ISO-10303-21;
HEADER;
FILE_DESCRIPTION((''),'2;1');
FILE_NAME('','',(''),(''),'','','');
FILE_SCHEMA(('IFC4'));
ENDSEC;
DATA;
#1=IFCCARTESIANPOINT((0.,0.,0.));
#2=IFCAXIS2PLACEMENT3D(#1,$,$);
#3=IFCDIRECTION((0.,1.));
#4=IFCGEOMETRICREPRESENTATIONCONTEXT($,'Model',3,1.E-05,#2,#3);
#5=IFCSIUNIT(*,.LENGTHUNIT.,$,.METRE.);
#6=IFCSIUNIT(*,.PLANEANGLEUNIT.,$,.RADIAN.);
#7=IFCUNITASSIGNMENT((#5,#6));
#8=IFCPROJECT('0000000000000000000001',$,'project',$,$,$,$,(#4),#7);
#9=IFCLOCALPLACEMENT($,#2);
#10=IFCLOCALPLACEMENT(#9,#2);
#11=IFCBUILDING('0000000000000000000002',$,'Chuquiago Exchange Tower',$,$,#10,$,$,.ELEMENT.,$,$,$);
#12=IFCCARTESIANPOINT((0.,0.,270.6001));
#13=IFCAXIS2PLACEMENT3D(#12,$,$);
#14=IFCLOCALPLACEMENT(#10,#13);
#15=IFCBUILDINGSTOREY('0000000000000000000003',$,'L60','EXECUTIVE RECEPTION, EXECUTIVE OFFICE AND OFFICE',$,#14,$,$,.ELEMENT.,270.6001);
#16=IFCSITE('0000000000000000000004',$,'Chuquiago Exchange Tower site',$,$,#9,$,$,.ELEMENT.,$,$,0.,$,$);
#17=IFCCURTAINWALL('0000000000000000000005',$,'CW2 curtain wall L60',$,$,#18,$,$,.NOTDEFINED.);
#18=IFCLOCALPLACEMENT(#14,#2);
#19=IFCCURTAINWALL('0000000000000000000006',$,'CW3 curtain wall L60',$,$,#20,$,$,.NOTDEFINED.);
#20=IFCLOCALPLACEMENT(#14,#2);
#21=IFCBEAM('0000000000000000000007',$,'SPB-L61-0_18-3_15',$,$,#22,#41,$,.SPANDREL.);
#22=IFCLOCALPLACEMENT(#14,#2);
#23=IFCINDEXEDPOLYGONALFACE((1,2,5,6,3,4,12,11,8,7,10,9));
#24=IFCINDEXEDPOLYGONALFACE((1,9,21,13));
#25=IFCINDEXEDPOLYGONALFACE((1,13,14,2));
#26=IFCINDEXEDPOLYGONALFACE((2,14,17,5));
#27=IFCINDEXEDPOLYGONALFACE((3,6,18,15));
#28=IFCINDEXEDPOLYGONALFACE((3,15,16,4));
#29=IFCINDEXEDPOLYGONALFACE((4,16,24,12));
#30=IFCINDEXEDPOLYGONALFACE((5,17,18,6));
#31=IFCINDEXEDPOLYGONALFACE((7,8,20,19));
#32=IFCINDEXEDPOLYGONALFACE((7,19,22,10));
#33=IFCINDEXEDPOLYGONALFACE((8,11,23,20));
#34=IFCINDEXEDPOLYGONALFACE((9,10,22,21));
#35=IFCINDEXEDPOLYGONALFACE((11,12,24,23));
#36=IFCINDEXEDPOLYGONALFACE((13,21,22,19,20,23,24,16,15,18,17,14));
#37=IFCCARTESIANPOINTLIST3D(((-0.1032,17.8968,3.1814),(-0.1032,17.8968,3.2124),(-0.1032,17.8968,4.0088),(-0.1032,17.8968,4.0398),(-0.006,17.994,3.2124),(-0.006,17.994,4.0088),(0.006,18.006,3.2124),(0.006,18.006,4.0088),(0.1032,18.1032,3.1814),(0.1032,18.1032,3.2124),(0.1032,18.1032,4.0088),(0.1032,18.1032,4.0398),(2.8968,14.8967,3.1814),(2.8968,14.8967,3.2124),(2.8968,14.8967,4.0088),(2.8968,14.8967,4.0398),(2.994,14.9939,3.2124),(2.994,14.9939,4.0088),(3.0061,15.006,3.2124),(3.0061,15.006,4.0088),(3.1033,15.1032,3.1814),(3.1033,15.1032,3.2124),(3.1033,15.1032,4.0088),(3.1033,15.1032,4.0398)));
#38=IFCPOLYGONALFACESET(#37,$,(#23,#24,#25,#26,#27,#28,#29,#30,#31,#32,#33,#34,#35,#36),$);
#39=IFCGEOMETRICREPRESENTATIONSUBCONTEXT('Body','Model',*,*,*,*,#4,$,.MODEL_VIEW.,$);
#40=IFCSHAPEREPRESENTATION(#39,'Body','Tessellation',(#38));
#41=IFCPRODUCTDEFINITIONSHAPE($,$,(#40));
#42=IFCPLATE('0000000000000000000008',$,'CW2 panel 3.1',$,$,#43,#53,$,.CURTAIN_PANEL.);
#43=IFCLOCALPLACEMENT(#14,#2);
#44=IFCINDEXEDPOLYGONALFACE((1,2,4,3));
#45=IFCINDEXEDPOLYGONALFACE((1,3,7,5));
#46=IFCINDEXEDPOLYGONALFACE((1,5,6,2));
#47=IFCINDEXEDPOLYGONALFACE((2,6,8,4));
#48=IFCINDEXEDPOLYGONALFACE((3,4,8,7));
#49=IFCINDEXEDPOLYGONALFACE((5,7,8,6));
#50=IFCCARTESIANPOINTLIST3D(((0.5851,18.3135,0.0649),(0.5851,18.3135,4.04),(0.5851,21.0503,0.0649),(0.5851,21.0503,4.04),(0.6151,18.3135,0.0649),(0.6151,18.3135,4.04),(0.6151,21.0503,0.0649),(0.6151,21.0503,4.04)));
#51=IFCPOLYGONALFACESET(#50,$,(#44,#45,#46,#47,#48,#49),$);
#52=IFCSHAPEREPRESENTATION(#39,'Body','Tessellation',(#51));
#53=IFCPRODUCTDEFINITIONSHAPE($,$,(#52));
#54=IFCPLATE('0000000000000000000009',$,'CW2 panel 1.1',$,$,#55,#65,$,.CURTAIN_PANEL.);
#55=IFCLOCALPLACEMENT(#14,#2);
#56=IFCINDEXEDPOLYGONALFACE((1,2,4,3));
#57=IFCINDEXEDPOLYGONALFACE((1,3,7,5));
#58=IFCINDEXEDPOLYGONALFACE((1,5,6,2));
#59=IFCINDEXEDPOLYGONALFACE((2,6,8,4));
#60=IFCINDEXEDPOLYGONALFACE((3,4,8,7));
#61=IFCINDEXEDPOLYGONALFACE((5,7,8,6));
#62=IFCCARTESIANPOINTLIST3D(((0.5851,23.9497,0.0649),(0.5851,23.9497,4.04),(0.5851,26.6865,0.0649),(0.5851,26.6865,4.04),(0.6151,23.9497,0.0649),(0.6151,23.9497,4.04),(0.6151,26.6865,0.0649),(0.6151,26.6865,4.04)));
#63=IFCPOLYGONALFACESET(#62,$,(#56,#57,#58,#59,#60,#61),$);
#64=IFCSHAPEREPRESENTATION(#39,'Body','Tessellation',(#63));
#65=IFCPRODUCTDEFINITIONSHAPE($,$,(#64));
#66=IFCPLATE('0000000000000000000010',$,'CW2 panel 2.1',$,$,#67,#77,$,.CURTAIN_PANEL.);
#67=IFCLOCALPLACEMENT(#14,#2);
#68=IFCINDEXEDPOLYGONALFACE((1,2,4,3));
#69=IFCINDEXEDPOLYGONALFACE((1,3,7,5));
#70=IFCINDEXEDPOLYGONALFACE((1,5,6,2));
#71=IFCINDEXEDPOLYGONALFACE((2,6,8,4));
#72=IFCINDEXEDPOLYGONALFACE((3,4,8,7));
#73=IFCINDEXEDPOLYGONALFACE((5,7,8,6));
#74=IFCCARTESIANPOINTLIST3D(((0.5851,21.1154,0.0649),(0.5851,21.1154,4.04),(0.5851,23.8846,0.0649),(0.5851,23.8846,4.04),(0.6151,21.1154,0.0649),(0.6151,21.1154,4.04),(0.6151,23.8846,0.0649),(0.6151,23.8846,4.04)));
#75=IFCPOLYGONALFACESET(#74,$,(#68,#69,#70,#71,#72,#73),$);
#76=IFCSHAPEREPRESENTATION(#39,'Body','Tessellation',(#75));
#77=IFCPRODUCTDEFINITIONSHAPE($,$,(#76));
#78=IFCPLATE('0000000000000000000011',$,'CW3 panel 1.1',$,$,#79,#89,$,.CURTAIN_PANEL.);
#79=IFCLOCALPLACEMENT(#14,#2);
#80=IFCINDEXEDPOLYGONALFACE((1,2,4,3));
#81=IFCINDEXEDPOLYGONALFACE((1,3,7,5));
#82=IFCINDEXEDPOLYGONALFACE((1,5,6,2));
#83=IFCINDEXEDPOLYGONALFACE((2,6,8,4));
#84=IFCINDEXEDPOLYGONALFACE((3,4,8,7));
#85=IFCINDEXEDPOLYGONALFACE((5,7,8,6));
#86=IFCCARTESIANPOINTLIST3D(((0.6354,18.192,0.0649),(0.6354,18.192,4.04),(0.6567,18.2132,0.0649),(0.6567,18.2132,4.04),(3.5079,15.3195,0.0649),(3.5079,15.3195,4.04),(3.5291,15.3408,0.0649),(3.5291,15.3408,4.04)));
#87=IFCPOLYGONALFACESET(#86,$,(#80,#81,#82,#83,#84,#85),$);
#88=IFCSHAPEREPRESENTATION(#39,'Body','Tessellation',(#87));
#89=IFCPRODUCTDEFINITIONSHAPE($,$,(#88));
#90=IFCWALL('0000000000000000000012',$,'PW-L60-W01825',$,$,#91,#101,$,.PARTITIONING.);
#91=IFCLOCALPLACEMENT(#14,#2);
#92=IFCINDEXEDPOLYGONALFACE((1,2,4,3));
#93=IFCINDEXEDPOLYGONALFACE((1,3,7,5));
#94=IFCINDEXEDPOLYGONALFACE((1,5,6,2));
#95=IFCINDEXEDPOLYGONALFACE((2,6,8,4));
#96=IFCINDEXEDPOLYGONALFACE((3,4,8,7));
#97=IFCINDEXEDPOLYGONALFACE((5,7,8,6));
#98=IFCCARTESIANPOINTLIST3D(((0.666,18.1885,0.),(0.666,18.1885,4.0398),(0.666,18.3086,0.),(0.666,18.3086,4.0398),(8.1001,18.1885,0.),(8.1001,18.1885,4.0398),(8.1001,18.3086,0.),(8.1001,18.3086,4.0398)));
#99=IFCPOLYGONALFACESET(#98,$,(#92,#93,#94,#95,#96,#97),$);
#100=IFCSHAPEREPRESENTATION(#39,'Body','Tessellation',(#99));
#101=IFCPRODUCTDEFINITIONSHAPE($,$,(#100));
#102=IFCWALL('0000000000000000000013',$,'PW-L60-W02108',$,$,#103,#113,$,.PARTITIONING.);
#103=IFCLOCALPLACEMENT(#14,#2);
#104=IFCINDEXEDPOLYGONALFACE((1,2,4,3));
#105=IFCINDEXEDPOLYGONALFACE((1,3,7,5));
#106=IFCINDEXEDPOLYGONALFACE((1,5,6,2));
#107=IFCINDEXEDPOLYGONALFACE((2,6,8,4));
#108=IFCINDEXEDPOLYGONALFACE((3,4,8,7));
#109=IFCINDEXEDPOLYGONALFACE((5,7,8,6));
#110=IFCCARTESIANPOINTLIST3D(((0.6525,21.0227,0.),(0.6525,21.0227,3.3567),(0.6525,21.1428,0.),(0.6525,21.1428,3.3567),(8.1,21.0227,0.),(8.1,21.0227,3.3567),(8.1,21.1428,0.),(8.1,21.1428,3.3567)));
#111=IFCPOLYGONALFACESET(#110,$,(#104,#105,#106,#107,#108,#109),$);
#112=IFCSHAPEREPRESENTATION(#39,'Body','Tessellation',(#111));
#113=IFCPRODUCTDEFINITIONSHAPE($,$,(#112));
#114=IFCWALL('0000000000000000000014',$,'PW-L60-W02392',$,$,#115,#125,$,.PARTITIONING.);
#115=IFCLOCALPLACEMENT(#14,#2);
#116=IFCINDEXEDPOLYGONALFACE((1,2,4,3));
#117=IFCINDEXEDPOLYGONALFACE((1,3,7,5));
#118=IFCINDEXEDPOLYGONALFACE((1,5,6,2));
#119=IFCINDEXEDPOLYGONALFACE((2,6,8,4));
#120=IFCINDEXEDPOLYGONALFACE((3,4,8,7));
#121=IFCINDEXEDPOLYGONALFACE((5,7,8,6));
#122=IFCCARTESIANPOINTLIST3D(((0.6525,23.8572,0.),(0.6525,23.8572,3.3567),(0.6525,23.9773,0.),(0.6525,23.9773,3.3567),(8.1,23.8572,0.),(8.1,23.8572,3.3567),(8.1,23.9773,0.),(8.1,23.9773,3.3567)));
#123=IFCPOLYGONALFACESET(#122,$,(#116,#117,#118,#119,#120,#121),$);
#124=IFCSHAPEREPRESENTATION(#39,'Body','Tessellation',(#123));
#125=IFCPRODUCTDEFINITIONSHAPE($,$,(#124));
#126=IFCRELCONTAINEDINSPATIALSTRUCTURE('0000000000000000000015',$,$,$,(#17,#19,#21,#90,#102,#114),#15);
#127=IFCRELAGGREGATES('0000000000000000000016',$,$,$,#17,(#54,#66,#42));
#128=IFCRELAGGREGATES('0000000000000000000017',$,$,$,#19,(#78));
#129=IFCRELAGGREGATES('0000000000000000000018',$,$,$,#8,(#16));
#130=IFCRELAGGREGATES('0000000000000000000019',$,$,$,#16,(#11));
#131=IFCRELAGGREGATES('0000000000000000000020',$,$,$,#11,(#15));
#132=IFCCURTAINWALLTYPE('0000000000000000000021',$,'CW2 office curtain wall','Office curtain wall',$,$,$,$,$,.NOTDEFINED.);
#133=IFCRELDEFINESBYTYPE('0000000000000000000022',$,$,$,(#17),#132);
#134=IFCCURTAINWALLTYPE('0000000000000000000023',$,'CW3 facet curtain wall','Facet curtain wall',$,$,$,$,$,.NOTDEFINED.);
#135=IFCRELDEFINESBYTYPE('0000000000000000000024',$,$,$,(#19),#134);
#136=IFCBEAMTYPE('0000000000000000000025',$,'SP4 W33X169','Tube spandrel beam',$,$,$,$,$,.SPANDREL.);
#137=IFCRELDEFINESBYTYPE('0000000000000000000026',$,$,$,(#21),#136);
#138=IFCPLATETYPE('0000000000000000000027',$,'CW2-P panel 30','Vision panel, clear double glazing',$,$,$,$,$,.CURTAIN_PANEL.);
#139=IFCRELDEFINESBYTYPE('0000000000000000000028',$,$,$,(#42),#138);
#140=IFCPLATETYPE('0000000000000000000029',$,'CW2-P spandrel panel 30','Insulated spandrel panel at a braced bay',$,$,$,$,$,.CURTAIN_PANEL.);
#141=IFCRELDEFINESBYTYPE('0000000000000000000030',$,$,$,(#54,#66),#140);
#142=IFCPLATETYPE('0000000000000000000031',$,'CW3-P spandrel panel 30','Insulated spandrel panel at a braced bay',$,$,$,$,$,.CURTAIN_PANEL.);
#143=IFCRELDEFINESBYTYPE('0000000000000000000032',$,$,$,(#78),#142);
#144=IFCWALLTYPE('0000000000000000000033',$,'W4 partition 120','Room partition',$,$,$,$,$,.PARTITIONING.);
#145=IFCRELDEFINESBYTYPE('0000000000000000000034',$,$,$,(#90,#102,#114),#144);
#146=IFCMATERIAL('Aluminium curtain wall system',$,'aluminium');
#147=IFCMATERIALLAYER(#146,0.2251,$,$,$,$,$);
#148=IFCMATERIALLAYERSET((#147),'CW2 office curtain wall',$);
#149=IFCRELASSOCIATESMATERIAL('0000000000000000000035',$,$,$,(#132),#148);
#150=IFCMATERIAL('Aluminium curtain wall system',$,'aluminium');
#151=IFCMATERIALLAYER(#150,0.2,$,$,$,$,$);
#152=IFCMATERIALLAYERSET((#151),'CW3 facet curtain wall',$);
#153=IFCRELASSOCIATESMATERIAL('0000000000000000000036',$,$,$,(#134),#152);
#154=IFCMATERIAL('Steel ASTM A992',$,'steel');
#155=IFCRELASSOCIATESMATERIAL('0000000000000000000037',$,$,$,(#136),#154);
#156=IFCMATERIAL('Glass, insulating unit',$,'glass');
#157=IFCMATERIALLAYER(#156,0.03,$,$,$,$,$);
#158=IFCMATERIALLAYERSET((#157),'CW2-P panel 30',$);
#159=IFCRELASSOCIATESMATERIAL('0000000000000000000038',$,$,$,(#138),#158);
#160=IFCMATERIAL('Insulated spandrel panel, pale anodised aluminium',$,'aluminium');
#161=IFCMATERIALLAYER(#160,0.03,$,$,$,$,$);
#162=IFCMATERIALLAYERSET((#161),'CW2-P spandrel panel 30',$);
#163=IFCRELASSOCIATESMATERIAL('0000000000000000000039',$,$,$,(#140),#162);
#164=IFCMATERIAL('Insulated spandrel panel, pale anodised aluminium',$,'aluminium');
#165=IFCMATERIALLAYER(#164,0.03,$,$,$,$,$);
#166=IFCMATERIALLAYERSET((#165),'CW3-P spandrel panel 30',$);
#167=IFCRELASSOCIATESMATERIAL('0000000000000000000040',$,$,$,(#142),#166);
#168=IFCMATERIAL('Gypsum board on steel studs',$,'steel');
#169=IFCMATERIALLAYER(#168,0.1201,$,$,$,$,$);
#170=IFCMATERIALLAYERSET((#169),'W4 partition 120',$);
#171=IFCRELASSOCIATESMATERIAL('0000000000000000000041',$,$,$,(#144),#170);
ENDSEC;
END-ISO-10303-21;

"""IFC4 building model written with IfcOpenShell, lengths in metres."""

from ifc_helpers import new_model, si_unit, direction, frame, frame_2d, origin, origin_2d, place, context, subcontext, project, spatial, rectangle, i_section, extrude, material, layer, layer_set, material_profile, profile_set, type_object, element, aggregate, save


model = new_model("IFC4")

# Units and contexts
model_context = context("Model", 3, precision=1e-05, world=origin(), true_north=direction((0.0, 1.0)))
body_context = subcontext(model_context, "Body", "Model", "MODEL_VIEW")
ifc_project = project(units=[si_unit("LENGTHUNIT", "METRE"), si_unit("PLANEANGLEUNIT", "RADIAN")], contexts=[model_context])

# Site, building, storey
site_placement = place(None, origin())
site = spatial("IfcSite", under=ifc_project, at=site_placement, Name="Chuquiago Exchange Tower site", CompositionType="ELEMENT", RefElevation=0.0)
building_placement = place(site_placement, origin())
building = spatial("IfcBuilding", under=site, at=building_placement, Name="Chuquiago Exchange Tower", CompositionType="ELEMENT")
storey_placement = place(building_placement, frame((0.0, 0.0, 270.6001)))
storey = spatial("IfcBuildingStorey", under=building, at=storey_placement, Name="L60", Description="EXECUTIVE RECEPTION, EXECUTIVE OFFICE AND OFFICE", CompositionType="ELEMENT", Elevation=270.6001)

# Curtain walls
ifc_material_1 = material(Name="Aluminium curtain wall system", Category="aluminium")
ifc_layer_1 = layer(ifc_material_1, 0.2251)
ifc_layer_set_1 = layer_set([ifc_layer_1], Name="CW2 office curtain wall")
curtain_wall_type_1 = type_object("IfcCurtainWallType", Name="CW2 office curtain wall", Description="Office curtain wall", PredefinedType="NOTDEFINED", material=ifc_layer_set_1)
curtain_wall_1_placement = place(storey_placement, origin())
curtain_wall_1 = element("IfcCurtainWall", 1, at=curtain_wall_1_placement, inside=storey, type_object=curtain_wall_type_1, Name="CW2 curtain wall L60", PredefinedType="NOTDEFINED")
ifc_material_2 = material(Name="Aluminium curtain wall system", Category="aluminium")
ifc_layer_2 = layer(ifc_material_2, 0.2)
ifc_layer_set_2 = layer_set([ifc_layer_2], Name="CW3 facet curtain wall")
curtain_wall_type_2 = type_object("IfcCurtainWallType", Name="CW3 facet curtain wall", Description="Facet curtain wall", PredefinedType="NOTDEFINED", material=ifc_layer_set_2)
curtain_wall_2_placement = place(storey_placement, origin())
curtain_wall_2 = element("IfcCurtainWall", 2, at=curtain_wall_2_placement, inside=storey, type_object=curtain_wall_type_2, Name="CW3 curtain wall L60", PredefinedType="NOTDEFINED")

# Beam
ifc_material_3 = material(Name="Steel ASTM A992", Category="steel")
ifc_material_profile_1 = material_profile(ifc_material_3, i_section(OverallWidth=0.292, OverallDepth=0.8584, WebThickness=0.0171, FlangeThickness=0.031, at=origin_2d()), Name="W33X169")
ifc_profile_set_1 = profile_set([ifc_material_profile_1], Name="Steel ASTM A992")
beam_type_1 = type_object("IfcBeamType", Name="SP4 W33X169", Description="Tube spandrel beam", PredefinedType="SPANDREL", material=ifc_profile_set_1)
beam_1_placement = place(storey_placement, frame((0.0, 18.0, 3.6106), z_axis=(0.707107, -0.707107, 0.0), x_axis=(0.707107, 0.707107, 0.0)))
element("IfcBeam", 3, at=beam_1_placement, inside=storey, type_object=beam_type_1, Name="SPB-L61-0_18-3_15", PredefinedType="SPANDREL", context=body_context, shape_type="SweptSolid", body=[
    extrude(i_section(OverallWidth=0.292, OverallDepth=0.8584, WebThickness=0.0171, FlangeThickness=0.031, at=origin_2d()), origin(), (0.0, 0.0, 1.0), 4.2427),
])

# Plates
ifc_material_4 = material(Name="Glass, insulating unit", Category="glass")
ifc_layer_3 = layer(ifc_material_4, 0.03)
ifc_layer_set_3 = layer_set([ifc_layer_3], Name="CW2-P panel 30")
plate_type_1 = type_object("IfcPlateType", Name="CW2-P panel 30", Description="Vision panel, clear double glazing", PredefinedType="CURTAIN_PANEL", material=ifc_layer_set_3)
plate_1_placement = place(storey_placement, frame((0.6001, 19.6819, 0.0649), z_axis=(0.0, 0.0, 1.0), x_axis=(0.0, -1.0, 0.0)))
plate_1 = element("IfcPlate", 4, at=plate_1_placement, type_object=plate_type_1, Name="CW2 panel 3.1", PredefinedType="CURTAIN_PANEL", context=body_context, shape_type="SweptSolid", body=[
    extrude(rectangle(XDim=2.7368, YDim=0.03, at=origin_2d()), origin(), (0.0, 0.0, 1.0), 3.9751),
])
ifc_material_5 = material(Name="Insulated spandrel panel, pale anodised aluminium", Category="aluminium")
ifc_layer_4 = layer(ifc_material_5, 0.03)
ifc_layer_set_4 = layer_set([ifc_layer_4], Name="CW2-P spandrel panel 30")
plate_type_2 = type_object("IfcPlateType", Name="CW2-P spandrel panel 30", Description="Insulated spandrel panel at a braced bay", PredefinedType="CURTAIN_PANEL", material=ifc_layer_set_4)
plate_2_placement = place(storey_placement, frame((0.6001, 25.3181, 0.0649), z_axis=(0.0, 0.0, 1.0), x_axis=(0.0, -1.0, 0.0)))
plate_2 = element("IfcPlate", 5, at=plate_2_placement, type_object=plate_type_2, Name="CW2 panel 1.1", PredefinedType="CURTAIN_PANEL", context=body_context, shape_type="SweptSolid", body=[
    extrude(rectangle(XDim=2.7368, YDim=0.03, at=origin_2d()), origin(), (0.0, 0.0, 1.0), 3.9751),
])
plate_3_placement = place(storey_placement, frame((0.6001, 22.5, 0.0649), z_axis=(0.0, 0.0, 1.0), x_axis=(0.0, -1.0, 0.0)))
plate_3 = element("IfcPlate", 6, at=plate_3_placement, type_object=plate_type_2, Name="CW2 panel 2.1", PredefinedType="CURTAIN_PANEL", context=body_context, shape_type="SweptSolid", body=[
    extrude(rectangle(XDim=2.7693, YDim=0.03, at=origin_2d()), origin(), (0.0, 0.0, 1.0), 3.9751),
])
aggregate(curtain_wall_1, [plate_2, plate_3, plate_1])
ifc_material_6 = material(Name="Insulated spandrel panel, pale anodised aluminium", Category="aluminium")
ifc_layer_5 = layer(ifc_material_6, 0.03)
ifc_layer_set_5 = layer_set([ifc_layer_5], Name="CW3-P spandrel panel 30")
plate_type_3 = type_object("IfcPlateType", Name="CW3-P spandrel panel 30", Description="Insulated spandrel panel at a braced bay", PredefinedType="CURTAIN_PANEL", material=ifc_layer_set_5)
plate_4_placement = place(storey_placement, frame((2.0823, 16.7664, 0.0649), z_axis=(0.0, 0.0, 1.0), x_axis=(0.707107, -0.707107, 0.0)))
plate_4 = element("IfcPlate", 7, at=plate_4_placement, type_object=plate_type_3, Name="CW3 panel 1.1", PredefinedType="CURTAIN_PANEL", context=body_context, shape_type="SweptSolid", body=[
    extrude(rectangle(XDim=4.0623, YDim=0.03, at=origin_2d()), origin(), (0.0, 0.0, 1.0), 3.9751),
])
aggregate(curtain_wall_2, [plate_4])

# Walls
ifc_material_7 = material(Name="Gypsum board on steel studs", Category="steel")
ifc_layer_6 = layer(ifc_material_7, 0.1201)
ifc_layer_set_6 = layer_set([ifc_layer_6], Name="W4 partition 120")
wall_type = type_object("IfcWallType", Name="W4 partition 120", Description="Room partition", PredefinedType="PARTITIONING", material=ifc_layer_set_6)
wall_1_placement = place(storey_placement, frame((0.666, 18.2485, 0.0), z_axis=(0.0, 0.0, 1.0), x_axis=(1.0, 0.0, 0.0)))
element("IfcWall", 8, at=wall_1_placement, inside=storey, type_object=wall_type, Name="PW-L60-W01825", PredefinedType="PARTITIONING", context=body_context, shape_type="SweptSolid", body=[
    extrude(rectangle(XDim=7.4341, YDim=0.1201, at=frame_2d((3.717, 0.0))), origin(), (0.0, 0.0, 1.0), 4.0398),
])
for number, where, z_axis, x_axis, name in (
    (9, (0.6526, 21.0828, 0.0), (0.0, 0.0, 1.0), (1.0, 0.0, 0.0), "PW-L60-W02108"),
    (10, (0.6526, 23.9172, 0.0), (0.0, 0.0, 1.0), (1.0, 0.0, 0.0), "PW-L60-W02392"),
):
    element("IfcWall", number, at=place(storey_placement, frame(where, z_axis=z_axis, x_axis=x_axis)), inside=storey, type_object=wall_type, Name=name, PredefinedType="PARTITIONING", context=body_context, shape_type="SweptSolid", body=[
        extrude(rectangle(XDim=7.4475, YDim=0.1201, at=frame_2d((3.7236, 0.0))), origin(), (0.0, 0.0, 1.0), 3.3567),
    ])

save(model, "model.ifc")
